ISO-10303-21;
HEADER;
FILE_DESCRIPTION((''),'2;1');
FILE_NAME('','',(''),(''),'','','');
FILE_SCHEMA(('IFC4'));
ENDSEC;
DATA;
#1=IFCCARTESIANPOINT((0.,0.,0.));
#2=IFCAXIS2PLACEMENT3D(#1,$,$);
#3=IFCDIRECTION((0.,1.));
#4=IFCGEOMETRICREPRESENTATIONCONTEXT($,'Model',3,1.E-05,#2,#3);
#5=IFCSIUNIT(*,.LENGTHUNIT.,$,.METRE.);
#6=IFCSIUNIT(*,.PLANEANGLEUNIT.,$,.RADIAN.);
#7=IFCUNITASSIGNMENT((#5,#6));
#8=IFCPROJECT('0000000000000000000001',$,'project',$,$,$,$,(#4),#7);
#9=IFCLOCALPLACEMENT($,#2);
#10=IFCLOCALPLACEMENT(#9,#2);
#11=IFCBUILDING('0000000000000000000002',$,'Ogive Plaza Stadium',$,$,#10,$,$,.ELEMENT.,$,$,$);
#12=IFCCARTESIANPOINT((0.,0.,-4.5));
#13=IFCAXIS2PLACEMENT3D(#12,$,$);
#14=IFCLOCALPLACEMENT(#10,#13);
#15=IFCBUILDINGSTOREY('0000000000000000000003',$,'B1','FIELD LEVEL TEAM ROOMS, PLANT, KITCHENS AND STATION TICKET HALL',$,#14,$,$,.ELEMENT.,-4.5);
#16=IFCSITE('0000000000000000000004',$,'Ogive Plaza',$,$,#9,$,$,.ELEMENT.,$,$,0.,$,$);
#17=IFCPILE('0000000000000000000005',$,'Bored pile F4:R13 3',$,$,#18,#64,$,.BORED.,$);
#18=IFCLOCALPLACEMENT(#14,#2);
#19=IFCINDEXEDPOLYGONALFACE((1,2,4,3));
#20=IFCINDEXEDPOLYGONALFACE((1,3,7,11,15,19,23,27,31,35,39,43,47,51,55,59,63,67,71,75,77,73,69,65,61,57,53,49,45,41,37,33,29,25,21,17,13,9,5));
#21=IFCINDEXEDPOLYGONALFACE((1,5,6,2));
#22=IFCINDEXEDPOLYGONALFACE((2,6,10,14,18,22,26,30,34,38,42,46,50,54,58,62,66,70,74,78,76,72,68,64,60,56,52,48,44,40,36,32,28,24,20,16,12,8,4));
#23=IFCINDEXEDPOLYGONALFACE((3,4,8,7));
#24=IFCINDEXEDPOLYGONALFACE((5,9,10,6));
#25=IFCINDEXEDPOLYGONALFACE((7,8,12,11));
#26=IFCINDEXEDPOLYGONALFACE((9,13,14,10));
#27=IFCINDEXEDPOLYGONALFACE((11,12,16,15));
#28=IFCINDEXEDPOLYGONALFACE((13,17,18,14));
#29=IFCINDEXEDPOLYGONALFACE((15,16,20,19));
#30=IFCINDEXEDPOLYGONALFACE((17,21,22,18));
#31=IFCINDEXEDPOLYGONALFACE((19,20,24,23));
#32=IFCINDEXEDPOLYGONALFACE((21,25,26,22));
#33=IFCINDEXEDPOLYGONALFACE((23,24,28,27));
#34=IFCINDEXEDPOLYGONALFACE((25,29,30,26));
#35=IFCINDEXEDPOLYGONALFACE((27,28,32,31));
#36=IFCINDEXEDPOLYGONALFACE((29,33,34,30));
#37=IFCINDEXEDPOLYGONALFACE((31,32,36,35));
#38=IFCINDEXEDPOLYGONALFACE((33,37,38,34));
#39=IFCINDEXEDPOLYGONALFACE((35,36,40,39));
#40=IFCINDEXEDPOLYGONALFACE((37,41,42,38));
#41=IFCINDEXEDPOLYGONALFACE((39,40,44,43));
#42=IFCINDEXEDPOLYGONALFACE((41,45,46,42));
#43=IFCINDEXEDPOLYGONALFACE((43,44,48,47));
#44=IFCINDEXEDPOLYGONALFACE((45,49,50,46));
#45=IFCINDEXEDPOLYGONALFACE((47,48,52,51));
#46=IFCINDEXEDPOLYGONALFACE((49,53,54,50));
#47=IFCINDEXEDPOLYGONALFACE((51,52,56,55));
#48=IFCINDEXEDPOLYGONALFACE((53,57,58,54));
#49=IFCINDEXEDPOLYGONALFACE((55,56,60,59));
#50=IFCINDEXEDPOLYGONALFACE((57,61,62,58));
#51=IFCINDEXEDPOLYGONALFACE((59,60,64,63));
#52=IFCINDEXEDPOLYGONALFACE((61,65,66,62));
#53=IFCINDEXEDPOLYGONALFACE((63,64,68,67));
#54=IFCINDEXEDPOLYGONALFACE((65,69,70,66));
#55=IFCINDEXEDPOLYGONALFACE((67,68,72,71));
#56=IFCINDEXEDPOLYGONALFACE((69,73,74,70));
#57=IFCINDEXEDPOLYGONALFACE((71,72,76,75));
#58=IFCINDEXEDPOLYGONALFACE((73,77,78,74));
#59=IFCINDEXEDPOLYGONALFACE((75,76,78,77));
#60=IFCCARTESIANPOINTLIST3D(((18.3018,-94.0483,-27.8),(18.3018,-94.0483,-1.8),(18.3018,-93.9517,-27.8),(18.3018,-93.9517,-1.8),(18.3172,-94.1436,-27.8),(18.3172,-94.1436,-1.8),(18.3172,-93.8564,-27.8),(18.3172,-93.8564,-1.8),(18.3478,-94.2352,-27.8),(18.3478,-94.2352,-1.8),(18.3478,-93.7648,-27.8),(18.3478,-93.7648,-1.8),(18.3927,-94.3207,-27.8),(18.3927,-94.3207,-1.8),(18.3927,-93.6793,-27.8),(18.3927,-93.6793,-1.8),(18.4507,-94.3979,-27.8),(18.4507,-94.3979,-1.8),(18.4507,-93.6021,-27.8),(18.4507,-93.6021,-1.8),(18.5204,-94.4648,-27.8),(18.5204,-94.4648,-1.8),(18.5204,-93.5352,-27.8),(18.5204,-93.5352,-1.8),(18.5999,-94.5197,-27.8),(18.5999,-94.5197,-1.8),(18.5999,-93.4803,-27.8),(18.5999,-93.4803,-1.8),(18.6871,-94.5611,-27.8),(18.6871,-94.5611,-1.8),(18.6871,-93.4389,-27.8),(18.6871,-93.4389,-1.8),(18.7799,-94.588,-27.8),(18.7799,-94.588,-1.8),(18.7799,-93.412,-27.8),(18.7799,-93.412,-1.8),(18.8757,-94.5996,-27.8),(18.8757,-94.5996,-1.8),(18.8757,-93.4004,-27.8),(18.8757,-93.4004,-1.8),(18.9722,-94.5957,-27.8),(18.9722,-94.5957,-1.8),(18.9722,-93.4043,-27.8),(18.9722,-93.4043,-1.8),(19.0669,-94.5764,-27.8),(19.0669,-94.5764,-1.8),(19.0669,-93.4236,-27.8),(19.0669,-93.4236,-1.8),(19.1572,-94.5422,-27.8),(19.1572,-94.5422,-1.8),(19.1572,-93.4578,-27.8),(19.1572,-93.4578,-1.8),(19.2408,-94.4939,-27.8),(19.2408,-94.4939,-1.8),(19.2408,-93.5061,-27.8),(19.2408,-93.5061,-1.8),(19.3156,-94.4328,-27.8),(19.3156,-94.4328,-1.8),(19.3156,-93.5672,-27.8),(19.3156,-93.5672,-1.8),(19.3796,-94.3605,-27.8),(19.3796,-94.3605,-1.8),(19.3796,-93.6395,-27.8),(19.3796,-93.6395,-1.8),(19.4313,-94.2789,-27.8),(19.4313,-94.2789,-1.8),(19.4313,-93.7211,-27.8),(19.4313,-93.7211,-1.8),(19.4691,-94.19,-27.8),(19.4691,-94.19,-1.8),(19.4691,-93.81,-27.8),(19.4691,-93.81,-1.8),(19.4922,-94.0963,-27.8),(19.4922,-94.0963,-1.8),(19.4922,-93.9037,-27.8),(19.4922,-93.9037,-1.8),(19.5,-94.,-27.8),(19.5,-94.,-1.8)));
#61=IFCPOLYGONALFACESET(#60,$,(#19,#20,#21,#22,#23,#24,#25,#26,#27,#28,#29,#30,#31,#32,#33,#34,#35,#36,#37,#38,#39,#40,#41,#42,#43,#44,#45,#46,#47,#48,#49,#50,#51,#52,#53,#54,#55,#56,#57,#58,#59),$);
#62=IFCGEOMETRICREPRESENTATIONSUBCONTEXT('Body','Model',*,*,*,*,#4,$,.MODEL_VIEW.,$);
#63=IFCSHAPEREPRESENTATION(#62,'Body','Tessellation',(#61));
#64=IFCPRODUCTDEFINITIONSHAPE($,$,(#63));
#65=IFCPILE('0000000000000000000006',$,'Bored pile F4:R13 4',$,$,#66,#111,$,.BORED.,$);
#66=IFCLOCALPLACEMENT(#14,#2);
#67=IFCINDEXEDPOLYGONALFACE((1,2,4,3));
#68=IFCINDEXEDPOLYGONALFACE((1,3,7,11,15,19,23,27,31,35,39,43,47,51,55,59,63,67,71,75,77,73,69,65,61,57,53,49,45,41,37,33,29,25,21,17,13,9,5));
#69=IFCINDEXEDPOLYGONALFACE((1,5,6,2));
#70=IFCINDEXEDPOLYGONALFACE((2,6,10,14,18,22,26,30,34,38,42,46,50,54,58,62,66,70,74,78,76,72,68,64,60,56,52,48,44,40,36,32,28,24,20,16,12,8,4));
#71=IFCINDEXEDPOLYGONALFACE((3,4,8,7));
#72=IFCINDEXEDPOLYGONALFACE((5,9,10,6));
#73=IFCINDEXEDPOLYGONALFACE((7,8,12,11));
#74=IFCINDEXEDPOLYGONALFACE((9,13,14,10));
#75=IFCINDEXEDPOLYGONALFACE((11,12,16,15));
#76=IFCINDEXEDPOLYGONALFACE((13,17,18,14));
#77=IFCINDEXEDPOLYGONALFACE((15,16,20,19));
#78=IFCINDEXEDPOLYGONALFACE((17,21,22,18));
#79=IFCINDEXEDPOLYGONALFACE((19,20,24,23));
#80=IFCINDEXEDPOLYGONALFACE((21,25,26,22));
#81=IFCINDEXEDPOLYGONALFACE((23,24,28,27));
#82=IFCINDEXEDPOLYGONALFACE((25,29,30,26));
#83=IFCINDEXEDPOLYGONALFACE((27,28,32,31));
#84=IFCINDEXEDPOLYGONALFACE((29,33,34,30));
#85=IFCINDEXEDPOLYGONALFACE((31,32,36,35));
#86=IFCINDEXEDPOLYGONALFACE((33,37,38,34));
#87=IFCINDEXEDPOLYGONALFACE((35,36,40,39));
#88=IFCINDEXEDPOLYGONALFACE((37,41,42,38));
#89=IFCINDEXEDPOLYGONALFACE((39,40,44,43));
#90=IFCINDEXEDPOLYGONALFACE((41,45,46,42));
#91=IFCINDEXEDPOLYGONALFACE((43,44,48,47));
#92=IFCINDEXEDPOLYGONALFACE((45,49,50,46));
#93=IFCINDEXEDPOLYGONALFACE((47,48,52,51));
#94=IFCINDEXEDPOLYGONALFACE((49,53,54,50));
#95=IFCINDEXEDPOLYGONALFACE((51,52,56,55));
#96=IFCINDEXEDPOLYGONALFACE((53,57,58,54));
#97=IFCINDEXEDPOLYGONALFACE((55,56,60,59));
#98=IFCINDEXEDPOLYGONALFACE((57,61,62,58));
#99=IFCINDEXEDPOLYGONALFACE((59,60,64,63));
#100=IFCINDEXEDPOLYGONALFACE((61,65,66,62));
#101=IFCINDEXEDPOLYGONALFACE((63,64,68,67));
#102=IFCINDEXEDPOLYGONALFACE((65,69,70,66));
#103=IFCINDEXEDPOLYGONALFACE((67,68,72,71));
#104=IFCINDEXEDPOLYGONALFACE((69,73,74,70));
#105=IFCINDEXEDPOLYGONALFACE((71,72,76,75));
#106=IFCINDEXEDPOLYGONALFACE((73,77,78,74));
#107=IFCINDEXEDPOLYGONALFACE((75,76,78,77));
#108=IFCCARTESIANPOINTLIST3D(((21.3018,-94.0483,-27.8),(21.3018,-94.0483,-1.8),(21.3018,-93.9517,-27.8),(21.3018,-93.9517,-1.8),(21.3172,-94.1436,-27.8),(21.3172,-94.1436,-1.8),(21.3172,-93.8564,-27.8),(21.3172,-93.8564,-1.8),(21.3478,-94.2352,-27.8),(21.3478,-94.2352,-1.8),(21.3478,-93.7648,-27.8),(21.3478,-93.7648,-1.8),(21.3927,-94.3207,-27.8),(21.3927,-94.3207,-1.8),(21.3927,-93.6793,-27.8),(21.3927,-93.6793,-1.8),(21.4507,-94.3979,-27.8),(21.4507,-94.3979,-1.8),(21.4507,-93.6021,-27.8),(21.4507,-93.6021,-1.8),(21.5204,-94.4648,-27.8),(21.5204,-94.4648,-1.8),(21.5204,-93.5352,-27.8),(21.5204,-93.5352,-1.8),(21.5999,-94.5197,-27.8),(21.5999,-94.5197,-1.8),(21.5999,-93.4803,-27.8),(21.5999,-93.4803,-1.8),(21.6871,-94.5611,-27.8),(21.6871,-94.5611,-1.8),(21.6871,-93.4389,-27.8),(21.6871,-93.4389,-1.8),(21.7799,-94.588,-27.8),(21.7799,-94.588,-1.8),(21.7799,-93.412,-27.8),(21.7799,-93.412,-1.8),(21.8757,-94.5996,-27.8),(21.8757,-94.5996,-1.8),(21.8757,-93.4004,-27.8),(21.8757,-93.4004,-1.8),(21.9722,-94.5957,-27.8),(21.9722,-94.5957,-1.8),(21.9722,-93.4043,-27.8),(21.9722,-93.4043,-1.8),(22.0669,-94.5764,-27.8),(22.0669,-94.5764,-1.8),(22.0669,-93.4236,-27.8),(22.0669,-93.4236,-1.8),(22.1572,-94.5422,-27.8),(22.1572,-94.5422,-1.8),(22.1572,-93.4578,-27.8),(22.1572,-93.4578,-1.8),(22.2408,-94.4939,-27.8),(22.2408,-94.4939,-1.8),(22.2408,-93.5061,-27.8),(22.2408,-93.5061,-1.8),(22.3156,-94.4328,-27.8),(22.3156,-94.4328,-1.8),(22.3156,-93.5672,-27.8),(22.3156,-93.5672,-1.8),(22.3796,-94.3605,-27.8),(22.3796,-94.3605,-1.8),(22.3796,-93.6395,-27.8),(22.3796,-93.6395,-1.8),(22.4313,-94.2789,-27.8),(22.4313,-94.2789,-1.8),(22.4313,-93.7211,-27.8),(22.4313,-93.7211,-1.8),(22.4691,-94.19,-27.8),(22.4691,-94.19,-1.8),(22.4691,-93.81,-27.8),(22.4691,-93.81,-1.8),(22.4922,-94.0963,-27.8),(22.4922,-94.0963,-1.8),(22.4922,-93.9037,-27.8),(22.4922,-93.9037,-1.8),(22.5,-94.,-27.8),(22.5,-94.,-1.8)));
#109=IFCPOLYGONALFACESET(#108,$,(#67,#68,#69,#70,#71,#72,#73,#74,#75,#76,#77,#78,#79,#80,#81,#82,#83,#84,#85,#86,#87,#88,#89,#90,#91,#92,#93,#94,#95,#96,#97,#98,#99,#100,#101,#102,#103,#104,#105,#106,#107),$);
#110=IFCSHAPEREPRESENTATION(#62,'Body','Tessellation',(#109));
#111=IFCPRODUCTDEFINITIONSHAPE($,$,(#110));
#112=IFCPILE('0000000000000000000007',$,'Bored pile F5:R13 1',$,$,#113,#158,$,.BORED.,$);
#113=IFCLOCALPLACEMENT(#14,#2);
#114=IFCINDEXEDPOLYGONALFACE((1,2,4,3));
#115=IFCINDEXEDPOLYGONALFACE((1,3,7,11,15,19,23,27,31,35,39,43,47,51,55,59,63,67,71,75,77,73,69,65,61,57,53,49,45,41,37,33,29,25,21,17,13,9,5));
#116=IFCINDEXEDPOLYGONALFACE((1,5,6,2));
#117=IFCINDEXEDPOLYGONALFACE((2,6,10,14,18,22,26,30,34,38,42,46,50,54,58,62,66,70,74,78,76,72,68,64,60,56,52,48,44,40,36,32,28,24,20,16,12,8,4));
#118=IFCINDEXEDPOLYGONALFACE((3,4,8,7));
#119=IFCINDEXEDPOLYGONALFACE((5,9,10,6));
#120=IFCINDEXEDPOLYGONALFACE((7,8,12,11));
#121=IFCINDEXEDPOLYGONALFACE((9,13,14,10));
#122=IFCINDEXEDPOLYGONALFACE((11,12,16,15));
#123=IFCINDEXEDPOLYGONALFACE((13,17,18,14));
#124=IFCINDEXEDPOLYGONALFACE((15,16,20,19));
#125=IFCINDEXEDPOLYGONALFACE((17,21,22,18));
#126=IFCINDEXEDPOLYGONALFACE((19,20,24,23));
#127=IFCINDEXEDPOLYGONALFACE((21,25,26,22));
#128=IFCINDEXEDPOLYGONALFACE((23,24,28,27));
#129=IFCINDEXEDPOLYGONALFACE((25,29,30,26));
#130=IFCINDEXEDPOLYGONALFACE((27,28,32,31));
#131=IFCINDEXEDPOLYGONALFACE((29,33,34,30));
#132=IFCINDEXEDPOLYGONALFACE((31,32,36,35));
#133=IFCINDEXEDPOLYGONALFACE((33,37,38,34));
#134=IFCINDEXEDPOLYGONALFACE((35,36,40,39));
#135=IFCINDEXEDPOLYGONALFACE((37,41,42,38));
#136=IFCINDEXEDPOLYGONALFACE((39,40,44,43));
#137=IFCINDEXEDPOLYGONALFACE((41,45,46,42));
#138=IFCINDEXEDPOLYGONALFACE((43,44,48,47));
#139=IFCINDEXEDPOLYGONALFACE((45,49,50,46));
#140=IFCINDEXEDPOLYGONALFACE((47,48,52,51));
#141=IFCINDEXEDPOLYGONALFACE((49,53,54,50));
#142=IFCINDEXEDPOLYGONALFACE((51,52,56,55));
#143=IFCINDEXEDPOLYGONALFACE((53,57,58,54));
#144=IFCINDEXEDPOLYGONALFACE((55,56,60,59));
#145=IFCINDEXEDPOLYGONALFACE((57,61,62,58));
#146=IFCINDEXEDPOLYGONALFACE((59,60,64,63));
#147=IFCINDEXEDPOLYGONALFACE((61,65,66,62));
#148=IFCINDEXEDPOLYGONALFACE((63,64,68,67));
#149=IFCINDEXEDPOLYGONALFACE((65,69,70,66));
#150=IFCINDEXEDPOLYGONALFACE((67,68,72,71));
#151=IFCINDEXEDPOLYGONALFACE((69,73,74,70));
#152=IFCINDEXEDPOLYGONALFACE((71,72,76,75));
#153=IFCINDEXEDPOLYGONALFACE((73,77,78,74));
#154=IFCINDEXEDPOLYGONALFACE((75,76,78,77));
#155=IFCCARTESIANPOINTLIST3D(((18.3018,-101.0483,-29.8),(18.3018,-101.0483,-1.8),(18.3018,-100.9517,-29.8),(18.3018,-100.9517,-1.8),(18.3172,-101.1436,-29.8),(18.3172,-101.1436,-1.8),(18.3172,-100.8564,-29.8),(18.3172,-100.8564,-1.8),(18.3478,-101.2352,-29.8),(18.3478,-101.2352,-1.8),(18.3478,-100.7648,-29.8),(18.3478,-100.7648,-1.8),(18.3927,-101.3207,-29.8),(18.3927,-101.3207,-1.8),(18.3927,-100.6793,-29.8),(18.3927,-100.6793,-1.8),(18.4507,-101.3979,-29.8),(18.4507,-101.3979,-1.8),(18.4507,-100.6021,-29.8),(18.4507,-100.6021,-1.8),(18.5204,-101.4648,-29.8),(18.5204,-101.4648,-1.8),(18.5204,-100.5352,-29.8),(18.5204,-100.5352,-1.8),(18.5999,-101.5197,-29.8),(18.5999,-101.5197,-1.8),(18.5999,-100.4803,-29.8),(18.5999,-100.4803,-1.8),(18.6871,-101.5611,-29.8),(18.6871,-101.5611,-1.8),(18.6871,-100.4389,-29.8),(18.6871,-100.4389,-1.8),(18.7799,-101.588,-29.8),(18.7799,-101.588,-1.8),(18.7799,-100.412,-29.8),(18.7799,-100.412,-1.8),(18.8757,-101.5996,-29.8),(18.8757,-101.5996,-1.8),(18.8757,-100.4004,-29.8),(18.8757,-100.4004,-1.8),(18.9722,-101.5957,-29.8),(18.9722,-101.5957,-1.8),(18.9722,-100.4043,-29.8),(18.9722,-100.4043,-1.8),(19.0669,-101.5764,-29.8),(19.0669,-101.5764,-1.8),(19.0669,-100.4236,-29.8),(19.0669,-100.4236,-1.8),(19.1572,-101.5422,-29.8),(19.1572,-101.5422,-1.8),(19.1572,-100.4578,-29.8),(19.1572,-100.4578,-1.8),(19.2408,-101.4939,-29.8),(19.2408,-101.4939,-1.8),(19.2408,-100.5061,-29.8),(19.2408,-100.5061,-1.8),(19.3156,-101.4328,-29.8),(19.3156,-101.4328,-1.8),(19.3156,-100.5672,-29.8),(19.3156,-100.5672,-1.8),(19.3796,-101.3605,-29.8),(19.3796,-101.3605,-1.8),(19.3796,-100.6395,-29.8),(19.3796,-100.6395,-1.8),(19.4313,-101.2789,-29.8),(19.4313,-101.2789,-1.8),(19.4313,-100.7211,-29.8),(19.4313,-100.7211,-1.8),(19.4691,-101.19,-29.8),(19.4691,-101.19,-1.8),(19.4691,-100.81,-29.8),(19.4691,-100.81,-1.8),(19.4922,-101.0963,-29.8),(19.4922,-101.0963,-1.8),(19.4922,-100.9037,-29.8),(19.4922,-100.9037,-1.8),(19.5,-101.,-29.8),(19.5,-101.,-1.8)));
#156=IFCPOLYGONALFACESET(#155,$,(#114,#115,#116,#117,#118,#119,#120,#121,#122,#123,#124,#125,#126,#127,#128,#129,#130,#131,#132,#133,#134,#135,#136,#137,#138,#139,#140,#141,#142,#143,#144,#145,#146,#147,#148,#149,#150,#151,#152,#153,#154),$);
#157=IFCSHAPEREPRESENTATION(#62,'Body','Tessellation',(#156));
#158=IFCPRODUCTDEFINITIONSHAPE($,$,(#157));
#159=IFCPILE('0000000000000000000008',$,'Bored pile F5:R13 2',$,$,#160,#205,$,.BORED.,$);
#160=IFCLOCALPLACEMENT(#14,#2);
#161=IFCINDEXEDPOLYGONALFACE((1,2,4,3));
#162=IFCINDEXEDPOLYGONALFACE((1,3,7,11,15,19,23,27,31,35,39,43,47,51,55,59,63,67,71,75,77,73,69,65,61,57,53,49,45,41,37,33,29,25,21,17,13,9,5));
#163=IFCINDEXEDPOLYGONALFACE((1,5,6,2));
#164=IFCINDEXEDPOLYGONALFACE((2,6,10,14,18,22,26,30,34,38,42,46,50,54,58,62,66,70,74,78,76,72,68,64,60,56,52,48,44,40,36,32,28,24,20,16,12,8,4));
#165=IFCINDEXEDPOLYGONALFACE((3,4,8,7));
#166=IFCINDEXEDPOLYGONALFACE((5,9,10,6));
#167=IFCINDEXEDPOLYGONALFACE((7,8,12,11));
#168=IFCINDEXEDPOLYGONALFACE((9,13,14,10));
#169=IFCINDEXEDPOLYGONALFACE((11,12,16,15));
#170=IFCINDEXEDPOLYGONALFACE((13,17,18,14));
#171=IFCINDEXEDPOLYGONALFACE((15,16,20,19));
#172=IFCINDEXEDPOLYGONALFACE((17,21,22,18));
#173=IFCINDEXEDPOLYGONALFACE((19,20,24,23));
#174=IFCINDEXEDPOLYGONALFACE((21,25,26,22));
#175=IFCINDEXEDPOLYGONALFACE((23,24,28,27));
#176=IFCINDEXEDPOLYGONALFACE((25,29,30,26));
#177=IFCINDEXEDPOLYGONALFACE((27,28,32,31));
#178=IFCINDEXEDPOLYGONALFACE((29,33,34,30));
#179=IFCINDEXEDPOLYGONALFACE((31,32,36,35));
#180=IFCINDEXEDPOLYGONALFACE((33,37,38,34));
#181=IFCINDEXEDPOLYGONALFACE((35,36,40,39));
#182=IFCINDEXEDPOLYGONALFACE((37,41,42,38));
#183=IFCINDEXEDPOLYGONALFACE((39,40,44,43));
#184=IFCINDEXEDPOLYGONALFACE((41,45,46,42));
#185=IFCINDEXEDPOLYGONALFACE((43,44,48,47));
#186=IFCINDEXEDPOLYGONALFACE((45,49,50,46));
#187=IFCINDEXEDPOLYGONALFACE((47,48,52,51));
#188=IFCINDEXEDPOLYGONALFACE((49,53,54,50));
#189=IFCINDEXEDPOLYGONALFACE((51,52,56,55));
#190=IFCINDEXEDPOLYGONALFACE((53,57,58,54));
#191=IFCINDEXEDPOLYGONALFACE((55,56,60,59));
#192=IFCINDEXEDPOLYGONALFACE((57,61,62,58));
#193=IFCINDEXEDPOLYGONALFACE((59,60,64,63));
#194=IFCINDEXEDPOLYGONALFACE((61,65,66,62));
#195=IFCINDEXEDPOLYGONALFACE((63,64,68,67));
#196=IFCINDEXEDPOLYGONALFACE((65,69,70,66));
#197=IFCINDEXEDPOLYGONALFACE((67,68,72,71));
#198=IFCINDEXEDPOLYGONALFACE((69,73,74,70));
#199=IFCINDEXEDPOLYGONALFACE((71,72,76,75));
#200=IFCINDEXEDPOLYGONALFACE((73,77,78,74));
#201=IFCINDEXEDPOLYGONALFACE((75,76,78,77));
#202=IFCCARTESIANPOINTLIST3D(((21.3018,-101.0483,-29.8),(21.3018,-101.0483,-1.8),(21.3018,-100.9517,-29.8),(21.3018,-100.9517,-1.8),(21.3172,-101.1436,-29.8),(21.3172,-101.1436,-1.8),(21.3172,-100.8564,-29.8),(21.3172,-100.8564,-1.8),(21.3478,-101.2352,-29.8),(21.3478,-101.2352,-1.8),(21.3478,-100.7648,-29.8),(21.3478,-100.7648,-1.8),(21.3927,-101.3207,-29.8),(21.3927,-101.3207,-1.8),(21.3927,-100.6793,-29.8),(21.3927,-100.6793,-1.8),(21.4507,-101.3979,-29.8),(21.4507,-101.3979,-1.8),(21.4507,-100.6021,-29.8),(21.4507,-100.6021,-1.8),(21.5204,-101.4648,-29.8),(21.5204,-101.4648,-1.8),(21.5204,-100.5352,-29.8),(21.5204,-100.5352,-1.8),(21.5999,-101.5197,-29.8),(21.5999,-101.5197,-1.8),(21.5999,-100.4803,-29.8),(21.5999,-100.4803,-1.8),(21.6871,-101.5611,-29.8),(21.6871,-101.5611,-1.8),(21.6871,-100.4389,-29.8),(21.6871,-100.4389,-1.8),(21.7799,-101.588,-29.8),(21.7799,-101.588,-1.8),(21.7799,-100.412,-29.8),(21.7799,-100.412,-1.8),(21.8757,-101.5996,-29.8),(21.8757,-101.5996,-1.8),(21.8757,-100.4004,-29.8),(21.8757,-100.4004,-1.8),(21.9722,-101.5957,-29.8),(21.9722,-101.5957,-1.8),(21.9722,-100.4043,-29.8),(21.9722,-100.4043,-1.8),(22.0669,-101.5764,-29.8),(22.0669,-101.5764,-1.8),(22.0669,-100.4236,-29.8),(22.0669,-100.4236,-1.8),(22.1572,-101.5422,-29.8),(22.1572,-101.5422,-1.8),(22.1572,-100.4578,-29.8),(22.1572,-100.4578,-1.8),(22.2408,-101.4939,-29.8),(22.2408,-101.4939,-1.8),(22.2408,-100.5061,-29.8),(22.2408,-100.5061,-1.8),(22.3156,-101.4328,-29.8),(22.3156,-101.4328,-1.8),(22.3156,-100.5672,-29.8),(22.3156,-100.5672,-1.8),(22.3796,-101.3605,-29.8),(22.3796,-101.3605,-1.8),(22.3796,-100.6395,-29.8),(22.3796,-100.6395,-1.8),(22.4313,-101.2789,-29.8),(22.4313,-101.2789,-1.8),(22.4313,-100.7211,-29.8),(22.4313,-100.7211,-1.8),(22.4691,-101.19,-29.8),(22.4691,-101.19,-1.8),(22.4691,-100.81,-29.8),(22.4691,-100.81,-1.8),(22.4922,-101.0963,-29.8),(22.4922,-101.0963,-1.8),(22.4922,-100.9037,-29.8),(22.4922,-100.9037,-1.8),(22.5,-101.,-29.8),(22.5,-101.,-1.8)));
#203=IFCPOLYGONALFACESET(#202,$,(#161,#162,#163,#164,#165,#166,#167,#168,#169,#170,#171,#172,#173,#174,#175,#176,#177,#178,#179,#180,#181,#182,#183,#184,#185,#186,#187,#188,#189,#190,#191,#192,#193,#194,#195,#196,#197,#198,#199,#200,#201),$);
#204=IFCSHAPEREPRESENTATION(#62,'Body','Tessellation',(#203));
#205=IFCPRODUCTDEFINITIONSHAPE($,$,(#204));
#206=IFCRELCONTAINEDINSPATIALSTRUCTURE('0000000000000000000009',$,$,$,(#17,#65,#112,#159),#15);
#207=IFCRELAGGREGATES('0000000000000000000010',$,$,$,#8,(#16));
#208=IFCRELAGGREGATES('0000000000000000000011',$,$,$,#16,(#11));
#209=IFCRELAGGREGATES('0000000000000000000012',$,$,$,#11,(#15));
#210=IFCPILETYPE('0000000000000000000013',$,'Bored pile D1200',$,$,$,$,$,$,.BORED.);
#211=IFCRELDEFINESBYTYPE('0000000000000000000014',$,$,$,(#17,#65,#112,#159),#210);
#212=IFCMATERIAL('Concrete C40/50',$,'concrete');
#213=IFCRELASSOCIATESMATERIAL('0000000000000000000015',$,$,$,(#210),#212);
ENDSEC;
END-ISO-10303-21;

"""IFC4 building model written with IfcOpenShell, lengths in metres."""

from ifc_helpers import new_model, si_unit, direction, frame, origin, origin_2d, place, context, subcontext, project, spatial, circle, extrude, material, material_profile, profile_set, type_object, element, save


model = new_model("IFC4")

# Units and contexts
model_context = context("Model", 3, precision=1e-05, world=origin(), true_north=direction((0.0, 1.0)))
body_context = subcontext(model_context, "Body", "Model", "MODEL_VIEW")
ifc_project = project(units=[si_unit("LENGTHUNIT", "METRE"), si_unit("PLANEANGLEUNIT", "RADIAN")], contexts=[model_context])

# Site, building, storey
site_placement = place(None, origin())
site = spatial("IfcSite", under=ifc_project, at=site_placement, Name="Ogive Plaza", CompositionType="ELEMENT", RefElevation=0.0)
building_placement = place(site_placement, origin())
building = spatial("IfcBuilding", under=site, at=building_placement, Name="Ogive Plaza Stadium", CompositionType="ELEMENT")
storey_placement = place(building_placement, frame((0.0, 0.0, -4.5)))
storey = spatial("IfcBuildingStorey", under=building, at=storey_placement, Name="B1", Description="FIELD LEVEL TEAM ROOMS, PLANT, KITCHENS AND STATION TICKET HALL", CompositionType="ELEMENT", Elevation=-4.5)

# Piles
ifc_material_1 = material(Name="Concrete C40/50", Category="concrete")
ifc_material_profile_1 = material_profile(ifc_material_1, circle(Radius=0.6001, at=origin_2d()), Name="RC D1200")
ifc_profile_set_1 = profile_set([ifc_material_profile_1], Name="Concrete C40/50")
pile_type_1 = type_object("IfcPileType", Name="Bored pile D1200", PredefinedType="BORED", material=ifc_profile_set_1)
for number, where, z_axis, x_axis, name in (
    (1, (18.8999, -94.0, -1.8), (0.0, 0.0, -1.0), (1.0, 0.0, 0.0), "Bored pile F4:R13 3"),
    (2, (21.8999, -94.0, -1.8), (0.0, 0.0, -1.0), (1.0, 0.0, 0.0), "Bored pile F4:R13 4"),
):
    element("IfcPile", number, at=place(storey_placement, frame(where, z_axis=z_axis, x_axis=x_axis)), inside=storey, type_object=pile_type_1, Name=name, PredefinedType="BORED", context=body_context, shape_type="SweptSolid", body=[
        extrude(circle(Radius=0.6001, at=origin_2d()), origin(), (0.0, 0.0, 1.0), 26.0),
    ])
for number, where, z_axis, x_axis, name in (
    (3, (18.8999, -101.0, -1.8), (0.0, 0.0, -1.0), (1.0, 0.0, 0.0), "Bored pile F5:R13 1"),
    (4, (21.8999, -101.0, -1.8), (0.0, 0.0, -1.0), (1.0, 0.0, 0.0), "Bored pile F5:R13 2"),
):
    element("IfcPile", number, at=place(storey_placement, frame(where, z_axis=z_axis, x_axis=x_axis)), inside=storey, type_object=pile_type_1, Name=name, PredefinedType="BORED", context=body_context, shape_type="SweptSolid", body=[
        extrude(circle(Radius=0.6001, at=origin_2d()), origin(), (0.0, 0.0, 1.0), 28.0),
    ])

save(model, "model.ifc")
